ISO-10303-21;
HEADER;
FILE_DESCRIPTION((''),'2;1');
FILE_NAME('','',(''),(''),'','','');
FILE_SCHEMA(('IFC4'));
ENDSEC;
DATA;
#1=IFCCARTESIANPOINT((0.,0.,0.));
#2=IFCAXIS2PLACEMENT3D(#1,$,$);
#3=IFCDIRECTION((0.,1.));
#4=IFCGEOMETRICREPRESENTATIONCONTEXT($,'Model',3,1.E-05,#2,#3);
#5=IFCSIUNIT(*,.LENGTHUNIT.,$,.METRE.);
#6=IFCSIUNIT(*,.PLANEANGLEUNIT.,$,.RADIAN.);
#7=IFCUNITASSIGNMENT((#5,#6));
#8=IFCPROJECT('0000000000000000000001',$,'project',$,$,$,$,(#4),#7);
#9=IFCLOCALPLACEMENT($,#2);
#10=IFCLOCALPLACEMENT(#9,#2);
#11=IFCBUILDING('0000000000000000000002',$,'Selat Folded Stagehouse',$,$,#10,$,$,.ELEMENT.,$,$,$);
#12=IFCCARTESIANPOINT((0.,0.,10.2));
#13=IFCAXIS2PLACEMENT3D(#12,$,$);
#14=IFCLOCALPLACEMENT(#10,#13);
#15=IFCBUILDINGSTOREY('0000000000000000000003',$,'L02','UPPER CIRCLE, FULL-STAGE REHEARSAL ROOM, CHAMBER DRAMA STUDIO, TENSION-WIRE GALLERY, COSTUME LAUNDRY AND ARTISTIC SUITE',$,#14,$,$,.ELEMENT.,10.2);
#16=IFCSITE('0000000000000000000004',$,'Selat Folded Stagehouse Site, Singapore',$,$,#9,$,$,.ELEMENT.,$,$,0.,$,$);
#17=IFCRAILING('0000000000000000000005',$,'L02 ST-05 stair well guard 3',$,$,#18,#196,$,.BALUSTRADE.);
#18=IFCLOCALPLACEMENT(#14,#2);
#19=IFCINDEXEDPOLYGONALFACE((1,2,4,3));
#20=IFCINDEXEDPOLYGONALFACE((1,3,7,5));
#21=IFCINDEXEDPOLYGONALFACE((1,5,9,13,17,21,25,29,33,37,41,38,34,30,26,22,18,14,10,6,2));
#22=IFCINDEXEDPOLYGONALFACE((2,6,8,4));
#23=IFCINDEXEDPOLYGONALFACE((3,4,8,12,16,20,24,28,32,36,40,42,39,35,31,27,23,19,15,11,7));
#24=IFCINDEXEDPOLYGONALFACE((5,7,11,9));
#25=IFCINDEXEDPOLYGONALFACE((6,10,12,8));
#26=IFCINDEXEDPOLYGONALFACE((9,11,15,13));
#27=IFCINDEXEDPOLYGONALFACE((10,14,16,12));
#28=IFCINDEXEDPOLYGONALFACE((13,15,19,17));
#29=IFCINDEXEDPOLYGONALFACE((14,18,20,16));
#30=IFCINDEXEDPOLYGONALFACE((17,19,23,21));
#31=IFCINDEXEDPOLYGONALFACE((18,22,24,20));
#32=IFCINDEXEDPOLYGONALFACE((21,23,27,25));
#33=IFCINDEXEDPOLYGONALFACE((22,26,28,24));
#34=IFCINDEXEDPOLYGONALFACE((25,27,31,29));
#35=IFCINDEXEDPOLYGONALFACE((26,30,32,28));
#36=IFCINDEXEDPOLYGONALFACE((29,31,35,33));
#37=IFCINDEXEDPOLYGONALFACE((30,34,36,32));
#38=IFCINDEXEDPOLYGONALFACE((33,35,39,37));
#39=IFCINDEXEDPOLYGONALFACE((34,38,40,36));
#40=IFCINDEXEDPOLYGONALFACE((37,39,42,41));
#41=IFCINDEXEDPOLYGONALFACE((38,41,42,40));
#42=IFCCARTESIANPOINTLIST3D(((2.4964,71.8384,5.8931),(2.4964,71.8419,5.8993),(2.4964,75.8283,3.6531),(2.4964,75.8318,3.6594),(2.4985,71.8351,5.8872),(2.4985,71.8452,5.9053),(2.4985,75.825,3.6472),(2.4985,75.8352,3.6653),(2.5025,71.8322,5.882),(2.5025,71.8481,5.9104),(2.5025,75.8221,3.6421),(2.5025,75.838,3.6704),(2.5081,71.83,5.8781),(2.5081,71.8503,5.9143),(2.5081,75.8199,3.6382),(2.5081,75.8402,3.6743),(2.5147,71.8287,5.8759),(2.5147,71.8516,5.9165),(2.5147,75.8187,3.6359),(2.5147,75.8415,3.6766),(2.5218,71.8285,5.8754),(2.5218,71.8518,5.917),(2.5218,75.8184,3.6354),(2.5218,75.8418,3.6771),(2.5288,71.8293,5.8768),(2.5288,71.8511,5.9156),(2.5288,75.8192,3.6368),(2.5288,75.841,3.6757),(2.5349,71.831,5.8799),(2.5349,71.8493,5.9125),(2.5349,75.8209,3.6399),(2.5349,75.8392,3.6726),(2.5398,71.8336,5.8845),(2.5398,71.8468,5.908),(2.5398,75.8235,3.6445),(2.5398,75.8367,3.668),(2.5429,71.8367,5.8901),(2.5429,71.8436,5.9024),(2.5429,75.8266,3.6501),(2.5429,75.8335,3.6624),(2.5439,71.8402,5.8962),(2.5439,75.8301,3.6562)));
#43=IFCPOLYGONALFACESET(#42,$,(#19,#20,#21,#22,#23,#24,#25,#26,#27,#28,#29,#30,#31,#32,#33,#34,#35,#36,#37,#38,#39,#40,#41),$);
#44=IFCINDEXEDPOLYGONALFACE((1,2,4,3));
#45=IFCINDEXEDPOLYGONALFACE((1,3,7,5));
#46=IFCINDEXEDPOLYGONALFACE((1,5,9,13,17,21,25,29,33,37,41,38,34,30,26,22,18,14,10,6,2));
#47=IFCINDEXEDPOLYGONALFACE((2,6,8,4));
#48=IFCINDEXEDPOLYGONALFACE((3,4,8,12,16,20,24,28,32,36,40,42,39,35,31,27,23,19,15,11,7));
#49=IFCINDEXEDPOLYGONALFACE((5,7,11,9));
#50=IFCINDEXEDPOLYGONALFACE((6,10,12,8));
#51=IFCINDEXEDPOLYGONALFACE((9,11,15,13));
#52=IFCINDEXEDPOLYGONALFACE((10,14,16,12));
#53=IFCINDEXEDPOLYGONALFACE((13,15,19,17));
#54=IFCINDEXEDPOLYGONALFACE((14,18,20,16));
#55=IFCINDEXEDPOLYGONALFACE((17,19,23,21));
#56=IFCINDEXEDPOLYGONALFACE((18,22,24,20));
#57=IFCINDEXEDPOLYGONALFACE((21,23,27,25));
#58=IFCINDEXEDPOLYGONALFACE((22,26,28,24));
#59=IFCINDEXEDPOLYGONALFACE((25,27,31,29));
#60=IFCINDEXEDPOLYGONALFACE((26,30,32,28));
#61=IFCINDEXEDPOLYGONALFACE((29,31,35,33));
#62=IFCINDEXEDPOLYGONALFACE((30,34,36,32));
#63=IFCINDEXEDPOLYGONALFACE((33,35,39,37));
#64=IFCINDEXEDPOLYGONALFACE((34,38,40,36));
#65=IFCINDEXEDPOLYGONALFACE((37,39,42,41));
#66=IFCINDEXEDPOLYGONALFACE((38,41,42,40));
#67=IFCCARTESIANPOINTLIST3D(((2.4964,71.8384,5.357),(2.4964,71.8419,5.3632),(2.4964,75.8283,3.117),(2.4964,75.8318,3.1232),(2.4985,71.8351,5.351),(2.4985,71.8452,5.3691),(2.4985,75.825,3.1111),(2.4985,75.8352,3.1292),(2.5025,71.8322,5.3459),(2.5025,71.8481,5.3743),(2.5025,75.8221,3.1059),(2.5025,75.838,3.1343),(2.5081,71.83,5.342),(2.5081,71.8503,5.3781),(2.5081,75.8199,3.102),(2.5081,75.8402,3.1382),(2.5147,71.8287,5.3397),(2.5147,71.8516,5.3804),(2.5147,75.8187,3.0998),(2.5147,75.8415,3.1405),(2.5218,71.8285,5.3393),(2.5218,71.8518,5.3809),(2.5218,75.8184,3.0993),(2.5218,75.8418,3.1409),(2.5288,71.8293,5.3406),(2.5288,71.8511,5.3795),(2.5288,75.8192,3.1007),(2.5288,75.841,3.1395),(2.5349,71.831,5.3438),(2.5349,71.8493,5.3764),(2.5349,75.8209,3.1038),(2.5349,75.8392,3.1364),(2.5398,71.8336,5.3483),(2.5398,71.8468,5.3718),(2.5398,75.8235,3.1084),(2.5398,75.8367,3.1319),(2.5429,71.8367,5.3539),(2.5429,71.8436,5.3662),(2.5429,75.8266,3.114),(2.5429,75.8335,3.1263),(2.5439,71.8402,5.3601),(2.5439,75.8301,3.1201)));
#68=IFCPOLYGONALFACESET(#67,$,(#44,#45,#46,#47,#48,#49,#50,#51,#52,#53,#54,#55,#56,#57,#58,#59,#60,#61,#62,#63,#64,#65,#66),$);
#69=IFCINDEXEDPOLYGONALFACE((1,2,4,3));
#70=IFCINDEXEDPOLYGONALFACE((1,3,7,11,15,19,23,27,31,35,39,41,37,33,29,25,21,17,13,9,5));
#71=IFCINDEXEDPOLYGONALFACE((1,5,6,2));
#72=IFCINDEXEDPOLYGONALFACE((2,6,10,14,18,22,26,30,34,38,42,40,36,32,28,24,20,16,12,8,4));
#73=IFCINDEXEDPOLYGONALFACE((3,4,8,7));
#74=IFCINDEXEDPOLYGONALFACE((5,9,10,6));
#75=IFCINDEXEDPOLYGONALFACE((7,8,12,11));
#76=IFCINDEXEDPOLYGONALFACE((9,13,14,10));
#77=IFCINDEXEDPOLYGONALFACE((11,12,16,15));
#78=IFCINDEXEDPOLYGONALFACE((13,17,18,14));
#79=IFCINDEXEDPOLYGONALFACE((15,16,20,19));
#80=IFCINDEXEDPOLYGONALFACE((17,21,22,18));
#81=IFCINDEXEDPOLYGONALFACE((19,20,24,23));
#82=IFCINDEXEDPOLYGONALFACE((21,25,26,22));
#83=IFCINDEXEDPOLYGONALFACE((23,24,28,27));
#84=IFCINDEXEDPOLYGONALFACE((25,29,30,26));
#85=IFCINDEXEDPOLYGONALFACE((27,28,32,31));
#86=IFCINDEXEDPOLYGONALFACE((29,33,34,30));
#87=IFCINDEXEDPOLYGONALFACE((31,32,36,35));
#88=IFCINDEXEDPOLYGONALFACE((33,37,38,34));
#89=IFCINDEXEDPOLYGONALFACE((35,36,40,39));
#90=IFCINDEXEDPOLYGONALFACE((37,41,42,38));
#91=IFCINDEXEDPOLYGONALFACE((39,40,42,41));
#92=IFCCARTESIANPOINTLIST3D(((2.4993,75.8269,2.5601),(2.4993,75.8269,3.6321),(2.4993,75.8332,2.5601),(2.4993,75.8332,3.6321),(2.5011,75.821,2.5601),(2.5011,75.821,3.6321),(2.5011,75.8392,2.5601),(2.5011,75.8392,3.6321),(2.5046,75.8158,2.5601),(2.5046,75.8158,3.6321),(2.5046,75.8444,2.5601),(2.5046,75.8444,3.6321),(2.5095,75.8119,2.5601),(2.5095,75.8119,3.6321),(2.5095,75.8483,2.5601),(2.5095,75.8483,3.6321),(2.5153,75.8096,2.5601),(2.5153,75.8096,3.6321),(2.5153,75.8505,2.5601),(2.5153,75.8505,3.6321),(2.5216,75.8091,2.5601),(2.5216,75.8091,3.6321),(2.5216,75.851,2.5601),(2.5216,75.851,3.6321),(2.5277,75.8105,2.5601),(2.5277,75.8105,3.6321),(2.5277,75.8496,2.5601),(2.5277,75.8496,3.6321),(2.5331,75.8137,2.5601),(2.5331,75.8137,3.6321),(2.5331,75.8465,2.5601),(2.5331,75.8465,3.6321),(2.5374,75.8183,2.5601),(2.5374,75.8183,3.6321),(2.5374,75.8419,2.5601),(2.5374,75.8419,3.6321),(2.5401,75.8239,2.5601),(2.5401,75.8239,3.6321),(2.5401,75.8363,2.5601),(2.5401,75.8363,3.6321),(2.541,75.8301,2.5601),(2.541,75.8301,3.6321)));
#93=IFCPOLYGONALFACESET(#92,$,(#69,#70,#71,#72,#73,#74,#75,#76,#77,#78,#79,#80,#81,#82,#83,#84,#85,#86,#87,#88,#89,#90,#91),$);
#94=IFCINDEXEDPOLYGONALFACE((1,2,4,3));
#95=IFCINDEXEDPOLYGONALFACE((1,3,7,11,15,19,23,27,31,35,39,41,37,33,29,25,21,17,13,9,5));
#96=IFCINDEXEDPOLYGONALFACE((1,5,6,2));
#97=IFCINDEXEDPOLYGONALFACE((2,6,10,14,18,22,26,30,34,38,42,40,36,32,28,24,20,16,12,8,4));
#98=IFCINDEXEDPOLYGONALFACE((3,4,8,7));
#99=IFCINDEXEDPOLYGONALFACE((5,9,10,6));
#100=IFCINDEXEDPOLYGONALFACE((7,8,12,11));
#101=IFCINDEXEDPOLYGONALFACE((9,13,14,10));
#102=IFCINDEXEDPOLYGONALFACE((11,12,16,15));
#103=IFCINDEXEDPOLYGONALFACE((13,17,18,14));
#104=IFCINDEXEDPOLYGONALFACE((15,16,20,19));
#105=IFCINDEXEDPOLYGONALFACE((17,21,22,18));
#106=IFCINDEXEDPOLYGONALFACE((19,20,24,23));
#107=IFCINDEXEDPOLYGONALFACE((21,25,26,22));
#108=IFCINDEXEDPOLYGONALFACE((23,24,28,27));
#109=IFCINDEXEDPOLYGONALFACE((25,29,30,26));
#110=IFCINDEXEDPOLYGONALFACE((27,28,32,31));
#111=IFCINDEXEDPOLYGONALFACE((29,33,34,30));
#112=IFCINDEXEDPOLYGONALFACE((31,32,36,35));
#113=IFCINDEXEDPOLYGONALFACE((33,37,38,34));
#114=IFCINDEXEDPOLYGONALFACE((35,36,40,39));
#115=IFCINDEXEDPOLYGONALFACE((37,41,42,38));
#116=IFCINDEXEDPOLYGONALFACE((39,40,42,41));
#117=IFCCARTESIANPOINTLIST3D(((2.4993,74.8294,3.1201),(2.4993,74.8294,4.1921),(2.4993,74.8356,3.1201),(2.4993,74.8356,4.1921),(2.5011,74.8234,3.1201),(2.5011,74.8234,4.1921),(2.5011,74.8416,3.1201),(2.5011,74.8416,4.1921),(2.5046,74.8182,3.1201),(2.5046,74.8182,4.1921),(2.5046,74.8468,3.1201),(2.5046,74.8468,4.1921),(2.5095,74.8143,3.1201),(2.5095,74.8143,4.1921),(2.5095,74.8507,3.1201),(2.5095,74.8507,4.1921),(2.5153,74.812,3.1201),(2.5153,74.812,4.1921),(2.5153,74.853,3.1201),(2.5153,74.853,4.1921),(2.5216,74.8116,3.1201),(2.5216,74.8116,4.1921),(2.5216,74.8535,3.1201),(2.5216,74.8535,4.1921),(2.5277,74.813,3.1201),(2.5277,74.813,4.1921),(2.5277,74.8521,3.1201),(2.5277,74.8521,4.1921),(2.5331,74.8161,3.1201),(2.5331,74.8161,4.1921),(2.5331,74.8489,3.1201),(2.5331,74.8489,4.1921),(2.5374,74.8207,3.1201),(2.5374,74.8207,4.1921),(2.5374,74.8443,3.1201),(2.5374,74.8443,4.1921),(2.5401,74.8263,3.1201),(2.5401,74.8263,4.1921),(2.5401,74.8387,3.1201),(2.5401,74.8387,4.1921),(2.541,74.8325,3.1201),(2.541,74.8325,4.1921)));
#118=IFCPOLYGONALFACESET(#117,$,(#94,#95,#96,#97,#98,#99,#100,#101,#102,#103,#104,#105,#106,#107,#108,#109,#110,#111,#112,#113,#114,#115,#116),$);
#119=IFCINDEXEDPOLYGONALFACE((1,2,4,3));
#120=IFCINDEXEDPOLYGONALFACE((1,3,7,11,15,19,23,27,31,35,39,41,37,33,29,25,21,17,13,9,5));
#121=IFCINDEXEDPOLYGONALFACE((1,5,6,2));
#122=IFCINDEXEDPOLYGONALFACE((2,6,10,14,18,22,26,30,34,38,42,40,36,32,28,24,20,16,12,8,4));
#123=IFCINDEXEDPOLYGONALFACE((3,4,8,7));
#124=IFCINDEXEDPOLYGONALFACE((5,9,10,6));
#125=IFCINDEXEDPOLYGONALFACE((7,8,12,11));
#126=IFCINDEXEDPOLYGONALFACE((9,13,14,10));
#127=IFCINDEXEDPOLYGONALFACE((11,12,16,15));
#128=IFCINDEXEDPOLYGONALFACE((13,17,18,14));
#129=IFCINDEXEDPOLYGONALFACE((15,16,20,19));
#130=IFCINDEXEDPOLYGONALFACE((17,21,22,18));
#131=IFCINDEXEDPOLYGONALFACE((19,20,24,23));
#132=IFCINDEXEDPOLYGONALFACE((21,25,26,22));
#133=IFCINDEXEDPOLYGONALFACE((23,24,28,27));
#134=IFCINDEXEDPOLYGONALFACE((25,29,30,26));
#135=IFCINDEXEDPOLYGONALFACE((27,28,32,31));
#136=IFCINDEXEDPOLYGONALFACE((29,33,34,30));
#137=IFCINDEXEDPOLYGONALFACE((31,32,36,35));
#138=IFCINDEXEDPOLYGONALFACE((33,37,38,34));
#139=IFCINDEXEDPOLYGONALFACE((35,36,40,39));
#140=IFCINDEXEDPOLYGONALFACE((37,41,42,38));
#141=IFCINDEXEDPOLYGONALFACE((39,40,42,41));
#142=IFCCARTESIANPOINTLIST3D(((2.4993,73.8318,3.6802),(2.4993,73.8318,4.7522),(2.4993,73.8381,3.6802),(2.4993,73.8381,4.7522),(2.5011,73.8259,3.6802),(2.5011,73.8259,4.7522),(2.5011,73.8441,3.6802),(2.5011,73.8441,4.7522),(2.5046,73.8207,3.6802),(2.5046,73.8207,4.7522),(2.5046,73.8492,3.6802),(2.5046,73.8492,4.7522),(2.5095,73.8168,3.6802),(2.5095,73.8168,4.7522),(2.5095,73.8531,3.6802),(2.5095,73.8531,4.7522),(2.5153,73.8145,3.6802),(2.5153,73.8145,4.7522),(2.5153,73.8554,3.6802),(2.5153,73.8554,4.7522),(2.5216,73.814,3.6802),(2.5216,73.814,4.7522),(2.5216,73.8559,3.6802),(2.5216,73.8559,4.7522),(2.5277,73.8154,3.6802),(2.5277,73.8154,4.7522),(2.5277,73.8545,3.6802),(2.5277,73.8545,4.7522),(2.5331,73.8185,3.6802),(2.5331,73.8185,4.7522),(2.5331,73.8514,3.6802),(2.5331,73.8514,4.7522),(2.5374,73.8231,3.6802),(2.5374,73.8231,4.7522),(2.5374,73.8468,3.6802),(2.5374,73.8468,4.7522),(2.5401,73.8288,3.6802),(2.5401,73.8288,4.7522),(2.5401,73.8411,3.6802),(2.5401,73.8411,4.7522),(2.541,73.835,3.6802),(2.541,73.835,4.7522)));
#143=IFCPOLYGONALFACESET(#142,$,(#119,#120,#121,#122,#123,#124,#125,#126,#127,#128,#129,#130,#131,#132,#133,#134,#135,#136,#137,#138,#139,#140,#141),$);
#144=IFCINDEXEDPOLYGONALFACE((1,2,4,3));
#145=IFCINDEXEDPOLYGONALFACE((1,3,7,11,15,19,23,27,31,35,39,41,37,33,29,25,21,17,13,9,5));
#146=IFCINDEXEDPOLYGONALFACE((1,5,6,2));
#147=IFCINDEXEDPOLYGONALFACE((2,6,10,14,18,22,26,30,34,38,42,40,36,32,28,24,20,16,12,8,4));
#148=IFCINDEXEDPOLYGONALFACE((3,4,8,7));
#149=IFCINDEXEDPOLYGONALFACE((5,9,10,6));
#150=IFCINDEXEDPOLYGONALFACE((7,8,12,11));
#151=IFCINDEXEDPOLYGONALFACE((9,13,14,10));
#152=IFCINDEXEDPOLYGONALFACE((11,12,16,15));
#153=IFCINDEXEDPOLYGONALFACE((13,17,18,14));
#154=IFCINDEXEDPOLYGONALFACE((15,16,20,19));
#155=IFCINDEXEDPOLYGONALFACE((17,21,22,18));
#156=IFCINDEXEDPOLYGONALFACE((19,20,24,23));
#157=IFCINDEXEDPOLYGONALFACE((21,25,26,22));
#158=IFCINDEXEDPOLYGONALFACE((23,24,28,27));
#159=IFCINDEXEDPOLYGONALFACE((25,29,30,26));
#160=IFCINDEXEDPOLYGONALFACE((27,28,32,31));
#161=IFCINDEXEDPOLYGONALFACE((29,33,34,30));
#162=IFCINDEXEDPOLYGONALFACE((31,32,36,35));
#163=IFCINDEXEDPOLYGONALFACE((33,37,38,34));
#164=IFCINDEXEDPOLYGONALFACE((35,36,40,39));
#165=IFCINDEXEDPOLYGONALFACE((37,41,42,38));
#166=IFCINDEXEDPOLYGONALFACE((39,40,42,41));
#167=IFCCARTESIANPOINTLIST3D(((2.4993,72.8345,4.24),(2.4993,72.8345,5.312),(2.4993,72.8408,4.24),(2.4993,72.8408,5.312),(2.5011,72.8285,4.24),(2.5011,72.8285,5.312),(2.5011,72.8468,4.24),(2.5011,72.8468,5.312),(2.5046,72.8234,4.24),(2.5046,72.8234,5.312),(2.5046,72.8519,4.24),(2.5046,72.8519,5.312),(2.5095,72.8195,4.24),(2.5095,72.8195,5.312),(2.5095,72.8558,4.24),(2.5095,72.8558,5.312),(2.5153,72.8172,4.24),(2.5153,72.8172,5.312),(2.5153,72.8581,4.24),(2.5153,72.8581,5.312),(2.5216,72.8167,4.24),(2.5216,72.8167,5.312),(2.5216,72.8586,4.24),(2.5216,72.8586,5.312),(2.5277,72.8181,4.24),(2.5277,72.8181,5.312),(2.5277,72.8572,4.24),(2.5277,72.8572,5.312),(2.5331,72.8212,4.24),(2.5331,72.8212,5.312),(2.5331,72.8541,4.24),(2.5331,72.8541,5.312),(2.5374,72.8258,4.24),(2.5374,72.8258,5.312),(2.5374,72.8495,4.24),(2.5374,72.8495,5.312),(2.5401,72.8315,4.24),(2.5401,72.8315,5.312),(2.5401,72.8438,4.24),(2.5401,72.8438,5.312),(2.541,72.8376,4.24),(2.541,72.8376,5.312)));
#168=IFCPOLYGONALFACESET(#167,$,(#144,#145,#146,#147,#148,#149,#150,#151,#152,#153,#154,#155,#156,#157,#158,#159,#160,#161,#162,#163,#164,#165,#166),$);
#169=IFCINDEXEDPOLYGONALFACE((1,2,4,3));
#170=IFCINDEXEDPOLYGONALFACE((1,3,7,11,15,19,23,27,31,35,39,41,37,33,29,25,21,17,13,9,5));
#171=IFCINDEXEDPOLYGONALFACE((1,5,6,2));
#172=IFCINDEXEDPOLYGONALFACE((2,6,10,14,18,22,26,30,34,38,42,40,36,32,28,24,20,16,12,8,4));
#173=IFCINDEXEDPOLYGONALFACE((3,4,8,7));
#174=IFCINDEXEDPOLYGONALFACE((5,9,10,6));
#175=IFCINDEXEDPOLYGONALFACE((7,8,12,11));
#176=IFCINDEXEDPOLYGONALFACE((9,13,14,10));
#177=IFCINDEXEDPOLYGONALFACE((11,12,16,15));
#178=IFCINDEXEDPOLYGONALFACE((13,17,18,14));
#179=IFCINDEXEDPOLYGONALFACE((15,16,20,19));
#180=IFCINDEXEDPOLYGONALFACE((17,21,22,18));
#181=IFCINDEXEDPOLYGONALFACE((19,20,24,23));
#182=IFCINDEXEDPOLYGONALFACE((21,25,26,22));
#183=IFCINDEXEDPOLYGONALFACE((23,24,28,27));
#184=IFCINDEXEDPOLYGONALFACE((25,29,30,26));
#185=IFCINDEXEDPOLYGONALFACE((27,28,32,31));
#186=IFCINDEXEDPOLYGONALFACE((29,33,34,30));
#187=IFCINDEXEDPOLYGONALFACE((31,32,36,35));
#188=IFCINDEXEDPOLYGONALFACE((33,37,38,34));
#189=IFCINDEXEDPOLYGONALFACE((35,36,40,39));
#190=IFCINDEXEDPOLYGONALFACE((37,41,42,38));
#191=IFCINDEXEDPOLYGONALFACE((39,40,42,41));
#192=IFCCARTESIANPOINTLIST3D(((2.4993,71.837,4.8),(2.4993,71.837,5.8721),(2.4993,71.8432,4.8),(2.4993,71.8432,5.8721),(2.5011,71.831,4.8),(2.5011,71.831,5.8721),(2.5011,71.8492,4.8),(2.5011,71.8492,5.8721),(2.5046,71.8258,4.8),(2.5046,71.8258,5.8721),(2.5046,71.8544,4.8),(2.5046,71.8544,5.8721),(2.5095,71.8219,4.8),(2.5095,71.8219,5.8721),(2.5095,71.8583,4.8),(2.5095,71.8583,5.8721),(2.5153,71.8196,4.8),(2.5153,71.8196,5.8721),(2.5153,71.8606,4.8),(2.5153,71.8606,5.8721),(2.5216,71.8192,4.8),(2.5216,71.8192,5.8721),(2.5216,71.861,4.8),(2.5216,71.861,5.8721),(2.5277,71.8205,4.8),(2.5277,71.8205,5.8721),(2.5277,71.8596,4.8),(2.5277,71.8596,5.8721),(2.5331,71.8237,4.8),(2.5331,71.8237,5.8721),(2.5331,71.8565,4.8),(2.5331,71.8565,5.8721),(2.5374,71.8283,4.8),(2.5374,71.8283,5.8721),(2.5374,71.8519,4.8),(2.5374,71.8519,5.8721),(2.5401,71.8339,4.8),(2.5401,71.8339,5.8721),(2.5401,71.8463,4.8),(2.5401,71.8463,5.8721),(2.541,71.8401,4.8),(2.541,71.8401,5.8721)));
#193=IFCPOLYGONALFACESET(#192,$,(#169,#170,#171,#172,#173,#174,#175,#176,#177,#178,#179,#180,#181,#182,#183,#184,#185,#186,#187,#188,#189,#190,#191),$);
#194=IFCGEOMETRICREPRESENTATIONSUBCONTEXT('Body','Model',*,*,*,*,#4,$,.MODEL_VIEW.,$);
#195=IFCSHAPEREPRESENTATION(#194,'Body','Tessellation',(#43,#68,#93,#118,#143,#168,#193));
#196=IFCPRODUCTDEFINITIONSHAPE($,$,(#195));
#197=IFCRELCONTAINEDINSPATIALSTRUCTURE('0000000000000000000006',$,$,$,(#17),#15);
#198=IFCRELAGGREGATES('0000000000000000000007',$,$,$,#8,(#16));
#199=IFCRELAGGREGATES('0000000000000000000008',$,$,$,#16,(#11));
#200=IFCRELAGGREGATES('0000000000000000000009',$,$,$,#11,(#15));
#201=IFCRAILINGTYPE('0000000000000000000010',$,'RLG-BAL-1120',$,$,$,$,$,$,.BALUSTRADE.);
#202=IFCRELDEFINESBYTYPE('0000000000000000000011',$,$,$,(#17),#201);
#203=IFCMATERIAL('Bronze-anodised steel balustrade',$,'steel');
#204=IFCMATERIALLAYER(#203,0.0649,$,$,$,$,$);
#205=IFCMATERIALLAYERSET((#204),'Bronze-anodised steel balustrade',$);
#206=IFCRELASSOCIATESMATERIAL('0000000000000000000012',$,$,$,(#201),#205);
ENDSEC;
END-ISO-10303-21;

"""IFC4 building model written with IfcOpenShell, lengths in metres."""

from ifc_helpers import new_model, si_unit, direction, frame, origin, origin_2d, place, context, subcontext, project, spatial, circle, extrude, material, layer, layer_set, type_object, element, save


model = new_model("IFC4")

# Units and contexts
model_context = context("Model", 3, precision=1e-05, world=origin(), true_north=direction((0.0, 1.0)))
body_context = subcontext(model_context, "Body", "Model", "MODEL_VIEW")
ifc_project = project(units=[si_unit("LENGTHUNIT", "METRE"), si_unit("PLANEANGLEUNIT", "RADIAN")], contexts=[model_context])

# Site, building, storey
site_placement = place(None, origin())
site = spatial("IfcSite", under=ifc_project, at=site_placement, Name="Selat Folded Stagehouse Site, Singapore", CompositionType="ELEMENT", RefElevation=0.0)
building_placement = place(site_placement, origin())
building = spatial("IfcBuilding", under=site, at=building_placement, Name="Selat Folded Stagehouse", CompositionType="ELEMENT")
storey_placement = place(building_placement, frame((0.0, 0.0, 10.2)))
storey = spatial("IfcBuildingStorey", under=building, at=storey_placement, Name="L02", Description="UPPER CIRCLE, FULL-STAGE REHEARSAL ROOM, CHAMBER DRAMA STUDIO, TENSION-WIRE GALLERY, COSTUME LAUNDRY AND ARTISTIC SUITE", CompositionType="ELEMENT", Elevation=10.2)

# Railing
ifc_material_1 = material(Name="Bronze-anodised steel balustrade", Category="steel")
ifc_layer_1 = layer(ifc_material_1, 0.0649)
ifc_layer_set_1 = layer_set([ifc_layer_1], Name="Bronze-anodised steel balustrade")
railing_type_1 = type_object("IfcRailingType", Name="RLG-BAL-1120", PredefinedType="BALUSTRADE", material=ifc_layer_set_1)
railing_1_placement = place(storey_placement, frame((2.52, 75.8301, 2.5601)))
element("IfcRailing", 1, at=railing_1_placement, inside=storey, type_object=railing_type_1, Name="L02 ST-05 stair well guard 3", PredefinedType="BALUSTRADE", context=body_context, shape_type="SweptSolid", body=[
    extrude(circle(Radius=0.0239, at=origin_2d()), frame((0.0, 0.0, 1.0962), z_axis=(0.0, -0.871984, 0.489534), x_axis=(1.0, 0.0, 0.0)), (0.0, 0.0, 1.0), 4.5757),
    extrude(circle(Radius=0.0239, at=origin_2d()), frame((0.0, 0.0, 0.5601), z_axis=(0.0, -0.871984, 0.489534), x_axis=(1.0, 0.0, 0.0)), (0.0, 0.0, 1.0), 4.5757),
    extrude(circle(Radius=0.021, at=origin_2d()), origin(), (0.0, 0.0, 1.0), 1.072),
    extrude(circle(Radius=0.021, at=origin_2d()), frame((0.0, -0.9976, 0.5601)), (0.0, 0.0, 1.0), 1.072),
    extrude(circle(Radius=0.021, at=origin_2d()), frame((0.0, -1.9951, 1.1201)), (0.0, 0.0, 1.0), 1.072),
    extrude(circle(Radius=0.021, at=origin_2d()), frame((0.0, -2.9924, 1.6799)), (0.0, 0.0, 1.0), 1.072),
    extrude(circle(Radius=0.021, at=origin_2d()), frame((0.0, -3.99, 2.24)), (0.0, 0.0, 1.0), 1.072),
])

save(model, "model.ifc")
